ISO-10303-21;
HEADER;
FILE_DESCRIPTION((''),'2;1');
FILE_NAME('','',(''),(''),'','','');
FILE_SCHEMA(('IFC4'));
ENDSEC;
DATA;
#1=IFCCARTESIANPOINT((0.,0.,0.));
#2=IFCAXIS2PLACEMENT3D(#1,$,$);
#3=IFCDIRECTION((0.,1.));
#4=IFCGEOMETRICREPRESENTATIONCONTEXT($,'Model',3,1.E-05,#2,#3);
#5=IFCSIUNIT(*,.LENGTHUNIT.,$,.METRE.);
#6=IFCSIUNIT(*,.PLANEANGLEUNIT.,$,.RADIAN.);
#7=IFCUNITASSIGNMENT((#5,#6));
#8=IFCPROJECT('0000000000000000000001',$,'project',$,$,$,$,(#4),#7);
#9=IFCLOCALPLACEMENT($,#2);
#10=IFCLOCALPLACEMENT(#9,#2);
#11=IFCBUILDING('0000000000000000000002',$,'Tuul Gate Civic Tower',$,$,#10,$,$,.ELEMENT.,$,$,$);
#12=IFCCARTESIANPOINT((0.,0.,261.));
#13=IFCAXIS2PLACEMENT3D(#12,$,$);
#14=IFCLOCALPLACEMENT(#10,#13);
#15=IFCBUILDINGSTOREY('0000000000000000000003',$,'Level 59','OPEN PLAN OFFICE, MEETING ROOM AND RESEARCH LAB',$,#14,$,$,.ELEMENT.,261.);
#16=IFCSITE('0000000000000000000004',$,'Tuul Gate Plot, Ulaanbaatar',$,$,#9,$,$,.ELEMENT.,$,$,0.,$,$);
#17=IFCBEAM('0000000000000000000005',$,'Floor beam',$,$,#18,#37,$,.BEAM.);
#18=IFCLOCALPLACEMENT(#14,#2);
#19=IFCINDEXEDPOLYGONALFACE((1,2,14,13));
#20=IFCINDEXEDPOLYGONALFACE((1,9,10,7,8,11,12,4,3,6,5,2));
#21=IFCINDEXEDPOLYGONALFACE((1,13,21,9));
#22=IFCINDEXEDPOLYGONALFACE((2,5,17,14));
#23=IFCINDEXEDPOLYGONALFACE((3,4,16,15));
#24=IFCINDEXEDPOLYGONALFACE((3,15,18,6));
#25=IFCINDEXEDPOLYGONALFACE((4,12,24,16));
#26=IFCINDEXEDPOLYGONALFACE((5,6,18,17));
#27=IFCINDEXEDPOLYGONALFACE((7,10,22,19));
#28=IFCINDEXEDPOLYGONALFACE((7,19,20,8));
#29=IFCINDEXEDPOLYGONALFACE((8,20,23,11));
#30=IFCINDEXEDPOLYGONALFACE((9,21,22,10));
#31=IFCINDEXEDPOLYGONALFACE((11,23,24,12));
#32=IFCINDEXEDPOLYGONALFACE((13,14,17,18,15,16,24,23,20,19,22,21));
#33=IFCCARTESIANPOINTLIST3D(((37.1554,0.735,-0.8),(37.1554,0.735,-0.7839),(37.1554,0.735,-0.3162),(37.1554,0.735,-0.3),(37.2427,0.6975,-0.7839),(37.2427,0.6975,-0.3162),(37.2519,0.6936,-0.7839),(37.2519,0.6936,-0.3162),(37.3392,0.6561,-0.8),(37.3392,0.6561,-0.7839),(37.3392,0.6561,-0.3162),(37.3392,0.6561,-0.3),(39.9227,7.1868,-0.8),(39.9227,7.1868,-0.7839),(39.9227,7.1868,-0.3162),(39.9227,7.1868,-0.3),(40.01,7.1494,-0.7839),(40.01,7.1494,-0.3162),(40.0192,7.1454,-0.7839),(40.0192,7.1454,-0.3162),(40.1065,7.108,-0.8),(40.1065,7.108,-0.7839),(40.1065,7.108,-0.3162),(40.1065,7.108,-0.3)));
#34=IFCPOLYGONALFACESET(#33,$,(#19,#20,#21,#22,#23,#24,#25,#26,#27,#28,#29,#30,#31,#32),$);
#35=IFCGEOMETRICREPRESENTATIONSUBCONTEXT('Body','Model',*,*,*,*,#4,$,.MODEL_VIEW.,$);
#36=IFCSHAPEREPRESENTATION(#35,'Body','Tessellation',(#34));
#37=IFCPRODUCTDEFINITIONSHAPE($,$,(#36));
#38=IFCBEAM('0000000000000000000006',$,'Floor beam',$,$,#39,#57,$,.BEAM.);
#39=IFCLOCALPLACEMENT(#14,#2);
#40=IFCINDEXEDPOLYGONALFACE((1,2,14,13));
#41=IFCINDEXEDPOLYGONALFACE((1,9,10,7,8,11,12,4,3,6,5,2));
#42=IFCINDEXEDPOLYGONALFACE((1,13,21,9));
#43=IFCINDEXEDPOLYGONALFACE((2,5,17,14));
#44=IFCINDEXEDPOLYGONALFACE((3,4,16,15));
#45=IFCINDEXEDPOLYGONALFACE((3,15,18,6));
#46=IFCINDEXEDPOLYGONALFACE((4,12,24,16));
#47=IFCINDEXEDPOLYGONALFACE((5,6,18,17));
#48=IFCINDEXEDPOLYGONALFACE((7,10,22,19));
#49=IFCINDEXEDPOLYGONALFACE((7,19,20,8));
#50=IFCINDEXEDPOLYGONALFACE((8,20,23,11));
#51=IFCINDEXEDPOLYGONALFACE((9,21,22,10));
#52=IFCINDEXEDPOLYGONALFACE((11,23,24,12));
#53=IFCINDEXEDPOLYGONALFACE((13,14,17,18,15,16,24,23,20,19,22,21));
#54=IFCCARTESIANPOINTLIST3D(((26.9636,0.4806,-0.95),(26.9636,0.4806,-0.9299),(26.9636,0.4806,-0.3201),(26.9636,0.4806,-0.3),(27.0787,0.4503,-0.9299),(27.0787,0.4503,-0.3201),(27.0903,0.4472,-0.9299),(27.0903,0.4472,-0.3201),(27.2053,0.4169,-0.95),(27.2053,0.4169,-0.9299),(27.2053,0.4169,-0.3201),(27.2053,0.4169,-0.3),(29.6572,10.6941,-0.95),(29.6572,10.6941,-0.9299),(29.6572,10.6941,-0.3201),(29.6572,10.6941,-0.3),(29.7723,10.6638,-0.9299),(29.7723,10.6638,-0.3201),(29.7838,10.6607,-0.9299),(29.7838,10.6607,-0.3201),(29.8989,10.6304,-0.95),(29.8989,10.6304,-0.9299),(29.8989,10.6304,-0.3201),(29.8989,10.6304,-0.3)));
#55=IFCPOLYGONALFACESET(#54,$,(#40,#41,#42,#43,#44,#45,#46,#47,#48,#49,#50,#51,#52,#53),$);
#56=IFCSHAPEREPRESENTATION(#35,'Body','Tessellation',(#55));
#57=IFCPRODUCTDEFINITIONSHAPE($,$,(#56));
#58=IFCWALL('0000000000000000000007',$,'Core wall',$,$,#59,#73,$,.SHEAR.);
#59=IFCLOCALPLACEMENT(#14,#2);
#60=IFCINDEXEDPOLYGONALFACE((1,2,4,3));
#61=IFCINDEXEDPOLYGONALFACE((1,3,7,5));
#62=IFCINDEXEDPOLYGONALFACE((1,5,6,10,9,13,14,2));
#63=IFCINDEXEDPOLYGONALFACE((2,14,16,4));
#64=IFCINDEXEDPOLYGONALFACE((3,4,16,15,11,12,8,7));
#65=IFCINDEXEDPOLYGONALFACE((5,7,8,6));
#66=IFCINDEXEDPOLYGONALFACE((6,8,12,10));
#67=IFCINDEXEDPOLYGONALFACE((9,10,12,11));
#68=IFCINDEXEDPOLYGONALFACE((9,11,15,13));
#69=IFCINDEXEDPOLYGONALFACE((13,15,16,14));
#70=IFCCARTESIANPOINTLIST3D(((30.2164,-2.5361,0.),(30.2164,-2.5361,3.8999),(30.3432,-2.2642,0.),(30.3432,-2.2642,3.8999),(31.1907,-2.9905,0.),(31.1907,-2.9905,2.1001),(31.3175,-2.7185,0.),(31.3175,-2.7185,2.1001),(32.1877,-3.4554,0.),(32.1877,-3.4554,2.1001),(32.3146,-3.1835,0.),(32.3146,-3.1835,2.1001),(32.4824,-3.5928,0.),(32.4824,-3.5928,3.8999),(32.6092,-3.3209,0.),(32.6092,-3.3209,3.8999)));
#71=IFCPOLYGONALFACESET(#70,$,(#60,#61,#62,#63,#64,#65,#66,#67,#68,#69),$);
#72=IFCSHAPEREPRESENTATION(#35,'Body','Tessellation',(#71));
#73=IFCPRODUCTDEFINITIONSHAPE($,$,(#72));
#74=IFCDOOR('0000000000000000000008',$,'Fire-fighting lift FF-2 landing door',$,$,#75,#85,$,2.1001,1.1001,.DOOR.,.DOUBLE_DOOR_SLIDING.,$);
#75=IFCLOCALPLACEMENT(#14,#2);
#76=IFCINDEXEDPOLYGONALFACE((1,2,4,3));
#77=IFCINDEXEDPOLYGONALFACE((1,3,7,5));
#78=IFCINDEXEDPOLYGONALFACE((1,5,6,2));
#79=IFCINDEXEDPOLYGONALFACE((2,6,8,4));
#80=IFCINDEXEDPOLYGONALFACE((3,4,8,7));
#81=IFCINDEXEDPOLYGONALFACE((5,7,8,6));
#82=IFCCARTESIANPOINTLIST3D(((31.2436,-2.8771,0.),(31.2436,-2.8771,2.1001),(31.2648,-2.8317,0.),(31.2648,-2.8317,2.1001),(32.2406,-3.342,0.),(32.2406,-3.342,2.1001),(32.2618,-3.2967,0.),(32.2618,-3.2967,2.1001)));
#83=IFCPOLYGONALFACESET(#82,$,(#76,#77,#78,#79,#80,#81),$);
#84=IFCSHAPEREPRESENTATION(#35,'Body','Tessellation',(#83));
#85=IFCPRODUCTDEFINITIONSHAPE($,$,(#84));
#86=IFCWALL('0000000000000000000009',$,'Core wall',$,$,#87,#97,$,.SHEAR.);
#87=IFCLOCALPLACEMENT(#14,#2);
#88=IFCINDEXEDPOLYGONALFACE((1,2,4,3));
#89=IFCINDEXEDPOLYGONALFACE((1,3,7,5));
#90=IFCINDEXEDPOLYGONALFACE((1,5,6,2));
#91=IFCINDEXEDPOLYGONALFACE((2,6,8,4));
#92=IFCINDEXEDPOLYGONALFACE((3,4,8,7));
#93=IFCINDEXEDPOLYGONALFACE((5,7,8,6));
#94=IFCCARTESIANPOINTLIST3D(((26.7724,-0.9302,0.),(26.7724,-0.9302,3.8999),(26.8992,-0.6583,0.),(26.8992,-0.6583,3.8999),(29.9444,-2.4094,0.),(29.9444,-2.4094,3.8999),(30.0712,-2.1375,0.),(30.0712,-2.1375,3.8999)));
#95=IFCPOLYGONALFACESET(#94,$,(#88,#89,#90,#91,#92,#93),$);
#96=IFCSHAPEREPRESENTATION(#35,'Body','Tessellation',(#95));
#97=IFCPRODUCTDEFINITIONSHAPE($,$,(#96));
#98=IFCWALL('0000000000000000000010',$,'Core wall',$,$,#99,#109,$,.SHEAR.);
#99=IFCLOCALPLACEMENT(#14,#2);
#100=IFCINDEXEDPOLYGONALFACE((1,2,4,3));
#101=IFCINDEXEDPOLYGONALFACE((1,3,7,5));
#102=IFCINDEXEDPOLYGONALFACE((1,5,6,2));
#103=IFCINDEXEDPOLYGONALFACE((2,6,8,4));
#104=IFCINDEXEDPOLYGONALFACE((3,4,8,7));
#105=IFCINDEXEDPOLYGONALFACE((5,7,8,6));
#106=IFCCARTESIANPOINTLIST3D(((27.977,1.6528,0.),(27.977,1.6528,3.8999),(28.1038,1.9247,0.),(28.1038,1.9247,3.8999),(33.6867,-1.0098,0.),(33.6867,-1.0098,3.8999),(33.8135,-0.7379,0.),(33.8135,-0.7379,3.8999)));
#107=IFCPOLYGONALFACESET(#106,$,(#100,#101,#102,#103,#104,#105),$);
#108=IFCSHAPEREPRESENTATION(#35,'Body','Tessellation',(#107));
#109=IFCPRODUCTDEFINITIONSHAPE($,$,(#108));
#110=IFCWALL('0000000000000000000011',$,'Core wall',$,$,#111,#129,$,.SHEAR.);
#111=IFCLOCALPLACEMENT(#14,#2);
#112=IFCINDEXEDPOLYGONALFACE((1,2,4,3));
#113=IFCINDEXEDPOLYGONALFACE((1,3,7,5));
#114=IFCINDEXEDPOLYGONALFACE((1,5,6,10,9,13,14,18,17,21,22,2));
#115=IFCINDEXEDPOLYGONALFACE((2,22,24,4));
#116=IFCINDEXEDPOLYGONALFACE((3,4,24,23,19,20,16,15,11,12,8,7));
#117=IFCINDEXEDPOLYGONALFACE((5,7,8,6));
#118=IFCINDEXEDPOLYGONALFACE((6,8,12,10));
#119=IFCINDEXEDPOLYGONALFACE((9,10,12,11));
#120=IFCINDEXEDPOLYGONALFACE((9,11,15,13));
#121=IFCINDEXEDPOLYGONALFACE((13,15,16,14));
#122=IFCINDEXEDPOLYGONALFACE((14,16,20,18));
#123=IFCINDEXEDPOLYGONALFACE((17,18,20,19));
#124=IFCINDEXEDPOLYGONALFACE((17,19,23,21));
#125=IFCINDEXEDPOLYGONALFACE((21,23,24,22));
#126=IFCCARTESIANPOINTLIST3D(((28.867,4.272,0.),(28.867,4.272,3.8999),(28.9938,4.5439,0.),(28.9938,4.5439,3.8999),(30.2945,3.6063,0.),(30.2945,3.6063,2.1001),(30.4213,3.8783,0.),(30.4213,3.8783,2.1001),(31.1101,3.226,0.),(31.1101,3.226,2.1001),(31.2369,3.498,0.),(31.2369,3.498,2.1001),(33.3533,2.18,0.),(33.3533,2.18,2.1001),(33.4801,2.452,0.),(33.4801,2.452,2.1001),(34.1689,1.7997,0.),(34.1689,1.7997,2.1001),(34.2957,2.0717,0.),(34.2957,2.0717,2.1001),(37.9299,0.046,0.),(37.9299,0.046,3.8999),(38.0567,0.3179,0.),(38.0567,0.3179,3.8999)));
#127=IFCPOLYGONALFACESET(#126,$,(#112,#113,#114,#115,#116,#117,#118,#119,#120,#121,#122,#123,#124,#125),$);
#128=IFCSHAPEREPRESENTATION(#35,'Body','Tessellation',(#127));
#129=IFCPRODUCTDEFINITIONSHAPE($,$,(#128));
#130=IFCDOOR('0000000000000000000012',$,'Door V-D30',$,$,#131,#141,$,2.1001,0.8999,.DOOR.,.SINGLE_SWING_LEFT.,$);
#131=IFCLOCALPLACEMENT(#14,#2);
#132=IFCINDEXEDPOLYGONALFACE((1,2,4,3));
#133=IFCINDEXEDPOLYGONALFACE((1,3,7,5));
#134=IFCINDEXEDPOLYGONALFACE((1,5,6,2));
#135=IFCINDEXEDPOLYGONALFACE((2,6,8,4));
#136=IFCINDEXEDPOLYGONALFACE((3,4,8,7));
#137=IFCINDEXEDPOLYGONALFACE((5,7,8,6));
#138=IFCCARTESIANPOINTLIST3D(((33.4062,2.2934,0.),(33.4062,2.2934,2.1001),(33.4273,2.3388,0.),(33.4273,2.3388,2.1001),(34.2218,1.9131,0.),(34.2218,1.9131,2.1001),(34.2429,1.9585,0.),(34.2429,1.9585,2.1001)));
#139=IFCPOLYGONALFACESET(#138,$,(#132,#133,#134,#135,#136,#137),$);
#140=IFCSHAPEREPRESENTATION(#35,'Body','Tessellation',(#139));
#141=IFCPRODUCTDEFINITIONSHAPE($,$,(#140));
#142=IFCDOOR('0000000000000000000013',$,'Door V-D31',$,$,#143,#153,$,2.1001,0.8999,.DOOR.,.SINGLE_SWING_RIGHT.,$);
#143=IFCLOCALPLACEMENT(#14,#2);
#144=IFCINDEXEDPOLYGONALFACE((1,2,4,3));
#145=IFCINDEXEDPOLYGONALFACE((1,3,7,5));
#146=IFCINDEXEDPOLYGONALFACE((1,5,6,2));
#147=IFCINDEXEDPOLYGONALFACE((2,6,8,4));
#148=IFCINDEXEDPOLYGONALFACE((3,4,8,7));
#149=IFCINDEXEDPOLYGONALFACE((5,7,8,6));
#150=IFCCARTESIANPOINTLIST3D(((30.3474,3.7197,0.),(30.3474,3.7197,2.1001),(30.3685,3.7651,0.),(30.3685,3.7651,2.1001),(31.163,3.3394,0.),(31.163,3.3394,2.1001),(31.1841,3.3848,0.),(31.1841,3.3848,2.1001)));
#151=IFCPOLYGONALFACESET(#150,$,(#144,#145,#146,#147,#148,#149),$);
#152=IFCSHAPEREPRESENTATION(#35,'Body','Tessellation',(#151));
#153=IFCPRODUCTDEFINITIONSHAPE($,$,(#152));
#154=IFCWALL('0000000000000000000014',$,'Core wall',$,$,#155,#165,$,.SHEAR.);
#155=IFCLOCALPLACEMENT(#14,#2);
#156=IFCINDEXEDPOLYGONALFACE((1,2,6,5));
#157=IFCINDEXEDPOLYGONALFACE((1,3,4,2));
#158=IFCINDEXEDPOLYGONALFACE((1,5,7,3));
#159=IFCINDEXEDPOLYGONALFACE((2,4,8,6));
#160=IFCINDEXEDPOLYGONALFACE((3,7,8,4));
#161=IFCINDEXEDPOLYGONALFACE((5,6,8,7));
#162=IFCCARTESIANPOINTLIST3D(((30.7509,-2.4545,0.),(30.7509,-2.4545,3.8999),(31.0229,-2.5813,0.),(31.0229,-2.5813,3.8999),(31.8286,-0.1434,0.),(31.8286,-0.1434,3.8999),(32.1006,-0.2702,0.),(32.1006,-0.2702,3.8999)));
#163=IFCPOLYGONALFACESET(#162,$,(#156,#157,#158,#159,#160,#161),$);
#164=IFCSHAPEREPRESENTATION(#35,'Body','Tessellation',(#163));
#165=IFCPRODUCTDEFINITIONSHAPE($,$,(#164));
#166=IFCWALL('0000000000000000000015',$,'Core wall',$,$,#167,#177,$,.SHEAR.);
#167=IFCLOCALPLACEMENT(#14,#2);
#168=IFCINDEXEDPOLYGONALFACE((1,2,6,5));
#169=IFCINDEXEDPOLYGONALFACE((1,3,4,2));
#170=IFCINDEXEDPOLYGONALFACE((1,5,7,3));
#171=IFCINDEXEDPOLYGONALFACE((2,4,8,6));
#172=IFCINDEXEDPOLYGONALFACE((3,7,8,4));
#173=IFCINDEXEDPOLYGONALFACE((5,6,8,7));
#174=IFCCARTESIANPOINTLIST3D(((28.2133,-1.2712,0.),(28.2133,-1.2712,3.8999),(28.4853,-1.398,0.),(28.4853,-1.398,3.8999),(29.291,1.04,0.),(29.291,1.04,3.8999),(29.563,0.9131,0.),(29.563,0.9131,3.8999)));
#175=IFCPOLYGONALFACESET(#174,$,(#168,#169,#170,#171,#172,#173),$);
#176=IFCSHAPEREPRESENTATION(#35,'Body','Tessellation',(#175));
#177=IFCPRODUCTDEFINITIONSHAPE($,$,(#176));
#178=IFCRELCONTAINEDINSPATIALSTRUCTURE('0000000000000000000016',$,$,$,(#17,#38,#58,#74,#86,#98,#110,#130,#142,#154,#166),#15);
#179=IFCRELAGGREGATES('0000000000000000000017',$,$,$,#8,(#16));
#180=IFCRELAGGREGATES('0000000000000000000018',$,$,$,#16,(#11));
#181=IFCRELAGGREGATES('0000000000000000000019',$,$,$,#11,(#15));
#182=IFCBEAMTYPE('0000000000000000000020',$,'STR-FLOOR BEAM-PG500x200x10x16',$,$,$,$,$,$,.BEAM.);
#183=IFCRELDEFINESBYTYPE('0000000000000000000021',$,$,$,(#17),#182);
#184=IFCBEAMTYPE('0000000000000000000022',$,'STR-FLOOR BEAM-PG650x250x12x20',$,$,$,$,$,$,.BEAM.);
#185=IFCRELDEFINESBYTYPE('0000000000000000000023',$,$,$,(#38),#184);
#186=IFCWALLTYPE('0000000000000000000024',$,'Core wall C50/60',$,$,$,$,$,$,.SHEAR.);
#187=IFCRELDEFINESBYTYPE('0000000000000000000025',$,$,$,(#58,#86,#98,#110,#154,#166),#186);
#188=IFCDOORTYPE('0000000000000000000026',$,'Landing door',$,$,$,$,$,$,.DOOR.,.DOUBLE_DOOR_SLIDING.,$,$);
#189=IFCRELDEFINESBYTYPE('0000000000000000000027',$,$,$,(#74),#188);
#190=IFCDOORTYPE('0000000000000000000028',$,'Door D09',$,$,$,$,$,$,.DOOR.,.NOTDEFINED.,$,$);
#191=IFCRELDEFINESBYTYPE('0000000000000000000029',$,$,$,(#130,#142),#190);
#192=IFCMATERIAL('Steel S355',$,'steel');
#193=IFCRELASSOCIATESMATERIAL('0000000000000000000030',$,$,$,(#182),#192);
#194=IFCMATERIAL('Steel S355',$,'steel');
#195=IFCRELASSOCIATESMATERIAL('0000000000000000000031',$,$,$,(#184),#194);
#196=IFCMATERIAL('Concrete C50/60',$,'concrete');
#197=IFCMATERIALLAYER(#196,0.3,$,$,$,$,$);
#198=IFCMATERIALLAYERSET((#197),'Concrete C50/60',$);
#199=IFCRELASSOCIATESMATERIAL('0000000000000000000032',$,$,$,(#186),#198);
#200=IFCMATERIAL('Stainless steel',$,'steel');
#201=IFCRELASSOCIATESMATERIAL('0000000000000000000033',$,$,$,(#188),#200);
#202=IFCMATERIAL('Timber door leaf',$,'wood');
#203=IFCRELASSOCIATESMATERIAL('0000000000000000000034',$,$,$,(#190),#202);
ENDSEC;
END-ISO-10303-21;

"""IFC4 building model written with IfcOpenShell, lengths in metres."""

from ifc_helpers import new_model, si_unit, direction, frame, frame_2d, origin, origin_2d, place, context, subcontext, project, spatial, rectangle, i_section, extrude, material, layer, layer_set, material_profile, profile_set, type_object, element, fill, save


model = new_model("IFC4")

# Units and contexts
model_context = context("Model", 3, precision=1e-05, world=origin(), true_north=direction((0.0, 1.0)))
body_context = subcontext(model_context, "Body", "Model", "MODEL_VIEW")
ifc_project = project(units=[si_unit("LENGTHUNIT", "METRE"), si_unit("PLANEANGLEUNIT", "RADIAN")], contexts=[model_context])

# Site, building, storey
site_placement = place(None, origin())
site = spatial("IfcSite", under=ifc_project, at=site_placement, Name="Tuul Gate Plot, Ulaanbaatar", CompositionType="ELEMENT", RefElevation=0.0)
building_placement = place(site_placement, origin())
building = spatial("IfcBuilding", under=site, at=building_placement, Name="Tuul Gate Civic Tower", CompositionType="ELEMENT")
storey_placement = place(building_placement, frame((0.0, 0.0, 261.0)))
storey = spatial("IfcBuildingStorey", under=building, at=storey_placement, Name="Level 59", Description="OPEN PLAN OFFICE, MEETING ROOM AND RESEARCH LAB", CompositionType="ELEMENT", Elevation=261.0)

# Beams
ifc_material_1 = material(Name="Steel S355", Category="steel")
ifc_material_profile_1 = material_profile(ifc_material_1, i_section(OverallWidth=0.2, OverallDepth=0.5, WebThickness=0.01, FlangeThickness=0.0161, at=origin_2d()), Name="PG500x200x10x16")
ifc_profile_set_1 = profile_set([ifc_material_profile_1], Name="Steel S355")
beam_type_1 = type_object("IfcBeamType", Name="STR-FLOOR BEAM-PG500x200x10x16", PredefinedType="BEAM", material=ifc_profile_set_1)
beam_1_placement = place(storey_placement, frame((37.2473, 0.6956, -0.55), z_axis=(0.394188, 0.91903, 0.0), x_axis=(-0.91903, 0.394188, 0.0)))
element("IfcBeam", 1, at=beam_1_placement, inside=storey, type_object=beam_type_1, Name="Floor beam", PredefinedType="BEAM", context=body_context, shape_type="SweptSolid", body=[
    extrude(i_section(OverallWidth=0.2, OverallDepth=0.5, WebThickness=0.01, FlangeThickness=0.0161, at=origin_2d()), origin(), (0.0, 0.0, 1.0), 7.0203),
])
ifc_material_2 = material(Name="Steel S355", Category="steel")
ifc_material_profile_2 = material_profile(ifc_material_2, i_section(OverallWidth=0.25, OverallDepth=0.6499, WebThickness=0.012, FlangeThickness=0.02, at=origin_2d()), Name="PG650x250x12x20")
ifc_profile_set_2 = profile_set([ifc_material_profile_2], Name="Steel S355")
beam_type_2 = type_object("IfcBeamType", Name="STR-FLOOR BEAM-PG650x250x12x20", PredefinedType="BEAM", material=ifc_profile_set_2)
beam_2_placement = place(storey_placement, frame((27.0845, 0.4487, -0.625), z_axis=(0.255008, 0.966939, 0.0), x_axis=(-0.966939, 0.255008, 0.0)))
element("IfcBeam", 2, at=beam_2_placement, inside=storey, type_object=beam_type_2, Name="Floor beam", PredefinedType="BEAM", context=body_context, shape_type="SweptSolid", body=[
    extrude(i_section(OverallWidth=0.25, OverallDepth=0.6499, WebThickness=0.012, FlangeThickness=0.02, at=origin_2d()), origin(), (0.0, 0.0, 1.0), 10.5627),
])

# Wall, opening, door
ifc_material_3 = material(Name="Concrete C50/60", Category="concrete")
ifc_layer_1 = layer(ifc_material_3, 0.3)
ifc_layer_set_1 = layer_set([ifc_layer_1], Name="Concrete C50/60")
wall_type_1 = type_object("IfcWallType", Name="Core wall C50/60", PredefinedType="SHEAR", material=ifc_layer_set_1)
wall_1_placement = place(storey_placement, frame((32.5457, -3.4568, 0.0), z_axis=(0.0, 0.0, 1.0), x_axis=(-0.9063, 0.422634, 0.0)))
wall_1 = element("IfcWall", 3, at=wall_1_placement, inside=storey, type_object=wall_type_1, Name="Core wall", PredefinedType="SHEAR", context=body_context, shape_type="SweptSolid", body=[
    extrude(rectangle(XDim=2.5002, YDim=0.3, at=frame_2d((1.25, 0.0))), origin(), (0.0, 0.0, 1.0), 3.8999),
])
opening_1_placement = place(wall_1_placement, frame((0.325, 0.0, 0.0)))
opening_1 = element("IfcOpeningElement", 4, at=opening_1_placement, cuts=wall_1, PredefinedType="OPENING", context=body_context, shape_type="SweptSolid", body=[
    extrude(rectangle(XDim=1.1001, YDim=2.1001, at=frame_2d((0.55, 1.05))), frame((0.0, 0.1602, 0.0), z_axis=(0.0, -1.0, 0.0), x_axis=(1.0, 0.0, 0.0)), (0.0, 0.0, 1.0), 0.3201),
])
ifc_material_4 = material(Name="Stainless steel", Category="steel")
door_type_1 = type_object("IfcDoorType", Name="Landing door", OperationType="DOUBLE_DOOR_SLIDING", PredefinedType="DOOR", material=ifc_material_4)
door_1_placement = place(opening_1_placement, origin())
door_1 = element("IfcDoor", 5, at=door_1_placement, inside=storey, type_object=door_type_1, Name="Fire-fighting lift FF-2 landing door", OperationType="DOUBLE_DOOR_SLIDING", OverallHeight=2.1001, OverallWidth=1.1001, PredefinedType="DOOR", context=body_context, shape_type="SweptSolid", body=[
    extrude(rectangle(XDim=1.1001, YDim=2.1001, at=frame_2d((0.55, 1.05))), frame((0.0, 0.0249, 0.0), z_axis=(0.0, -1.0, 0.0), x_axis=(1.0, 0.0, 0.0)), (0.0, 0.0, 1.0), 0.05),
])
fill(opening_1, door_1)

# Walls
wall_2_placement = place(storey_placement, frame((30.0078, -2.2734, 0.0), z_axis=(0.0, 0.0, 1.0), x_axis=(-0.906301, 0.422633, 0.0)))
element("IfcWall", 6, at=wall_2_placement, inside=storey, type_object=wall_type_1, Name="Core wall", PredefinedType="SHEAR", context=body_context, shape_type="SweptSolid", body=[
    extrude(rectangle(XDim=3.5, YDim=0.3, at=frame_2d((1.75, 0.0))), origin(), (0.0, 0.0, 1.0), 3.8999),
])
wall_3_placement = place(storey_placement, frame((33.75, -0.8738, 0.0), z_axis=(0.0, 0.0, 1.0), x_axis=(-0.906301, 0.422633, 0.0)))
element("IfcWall", 7, at=wall_3_placement, inside=storey, type_object=wall_type_1, Name="Core wall", PredefinedType="SHEAR", context=body_context, shape_type="SweptSolid", body=[
    extrude(rectangle(XDim=6.3, YDim=0.3, at=frame_2d((3.1499, 0.0))), origin(), (0.0, 0.0, 1.0), 3.8999),
])

# Wall, openings, doors
wall_4_placement = place(storey_placement, frame((37.9934, 0.1819, 0.0), z_axis=(0.0, 0.0, 1.0), x_axis=(-0.90631, 0.422613, 0.0)))
wall_4 = element("IfcWall", 8, at=wall_4_placement, inside=storey, type_object=wall_type_1, Name="Core wall", PredefinedType="SHEAR", context=body_context, shape_type="SweptSolid", body=[
    extrude(rectangle(XDim=9.9998, YDim=0.3, at=frame_2d((5.0, 0.0))), origin(), (0.0, 0.0, 1.0), 3.8999),
])
opening_2_placement = place(wall_4_placement, frame((4.1499, 0.0, 0.0)))
opening_2 = element("IfcOpeningElement", 9, at=opening_2_placement, cuts=wall_4, PredefinedType="OPENING", context=body_context, shape_type="SweptSolid", body=[
    extrude(rectangle(XDim=0.8999, YDim=2.1001, at=frame_2d((0.45, 1.05))), frame((0.0, 0.1602, 0.0), z_axis=(0.0, -1.0, 0.0), x_axis=(1.0, 0.0, 0.0)), (0.0, 0.0, 1.0), 0.3201),
])
opening_3_placement = place(wall_4_placement, frame((7.5249, 0.0, 0.0)))
opening_3 = element("IfcOpeningElement", 10, at=opening_3_placement, cuts=wall_4, PredefinedType="OPENING", context=body_context, shape_type="SweptSolid", body=[
    extrude(rectangle(XDim=0.8999, YDim=2.1001, at=frame_2d((0.45, 1.05))), frame((0.0, 0.1602, 0.0), z_axis=(0.0, -1.0, 0.0), x_axis=(1.0, 0.0, 0.0)), (0.0, 0.0, 1.0), 0.3201),
])
ifc_material_5 = material(Name="Timber door leaf", Category="wood")
door_type_2 = type_object("IfcDoorType", Name="Door D09", OperationType="NOTDEFINED", PredefinedType="DOOR", material=ifc_material_5)
door_2_placement = place(opening_2_placement, origin())
door_2 = element("IfcDoor", 11, at=door_2_placement, inside=storey, type_object=door_type_2, Name="Door V-D30", OperationType="SINGLE_SWING_LEFT", OverallHeight=2.1001, OverallWidth=0.8999, PredefinedType="DOOR", context=body_context, shape_type="SweptSolid", body=[
    extrude(rectangle(XDim=0.8999, YDim=2.1001, at=frame_2d((0.45, 1.05))), frame((0.0, 0.0249, 0.0), z_axis=(0.0, -1.0, 0.0), x_axis=(1.0, 0.0, 0.0)), (0.0, 0.0, 1.0), 0.05),
])
fill(opening_2, door_2)
door_3_placement = place(opening_3_placement, origin())
door_3 = element("IfcDoor", 12, at=door_3_placement, inside=storey, type_object=door_type_2, Name="Door V-D31", OperationType="SINGLE_SWING_RIGHT", OverallHeight=2.1001, OverallWidth=0.8999, PredefinedType="DOOR", context=body_context, shape_type="SweptSolid", body=[
    extrude(rectangle(XDim=0.8999, YDim=2.1001, at=frame_2d((0.45, 1.05))), frame((0.0, 0.0249, 0.0), z_axis=(0.0, -1.0, 0.0), x_axis=(1.0, 0.0, 0.0)), (0.0, 0.0, 1.0), 0.05),
])
fill(opening_3, door_3)

# Walls
for number, where, z_axis, x_axis, name in (
    (13, (30.887, -2.5178, 0.0), (0.0, 0.0, 1.0), (0.422613, 0.90631, 0.0), "Core wall"),
    (14, (28.3494, -1.3345, 0.0), (0.0, 0.0, 1.0), (0.422613, 0.90631, 0.0), "Core wall"),
):
    element("IfcWall", number, at=place(storey_placement, frame(where, z_axis=z_axis, x_axis=x_axis)), inside=storey, type_object=wall_type_1, Name=name, PredefinedType="SHEAR", context=body_context, shape_type="SweptSolid", body=[
        extrude(rectangle(XDim=2.55, YDim=0.3, at=frame_2d((1.2749, 0.0))), origin(), (0.0, 0.0, 1.0), 3.8999),
    ])

save(model, "model.ifc")
